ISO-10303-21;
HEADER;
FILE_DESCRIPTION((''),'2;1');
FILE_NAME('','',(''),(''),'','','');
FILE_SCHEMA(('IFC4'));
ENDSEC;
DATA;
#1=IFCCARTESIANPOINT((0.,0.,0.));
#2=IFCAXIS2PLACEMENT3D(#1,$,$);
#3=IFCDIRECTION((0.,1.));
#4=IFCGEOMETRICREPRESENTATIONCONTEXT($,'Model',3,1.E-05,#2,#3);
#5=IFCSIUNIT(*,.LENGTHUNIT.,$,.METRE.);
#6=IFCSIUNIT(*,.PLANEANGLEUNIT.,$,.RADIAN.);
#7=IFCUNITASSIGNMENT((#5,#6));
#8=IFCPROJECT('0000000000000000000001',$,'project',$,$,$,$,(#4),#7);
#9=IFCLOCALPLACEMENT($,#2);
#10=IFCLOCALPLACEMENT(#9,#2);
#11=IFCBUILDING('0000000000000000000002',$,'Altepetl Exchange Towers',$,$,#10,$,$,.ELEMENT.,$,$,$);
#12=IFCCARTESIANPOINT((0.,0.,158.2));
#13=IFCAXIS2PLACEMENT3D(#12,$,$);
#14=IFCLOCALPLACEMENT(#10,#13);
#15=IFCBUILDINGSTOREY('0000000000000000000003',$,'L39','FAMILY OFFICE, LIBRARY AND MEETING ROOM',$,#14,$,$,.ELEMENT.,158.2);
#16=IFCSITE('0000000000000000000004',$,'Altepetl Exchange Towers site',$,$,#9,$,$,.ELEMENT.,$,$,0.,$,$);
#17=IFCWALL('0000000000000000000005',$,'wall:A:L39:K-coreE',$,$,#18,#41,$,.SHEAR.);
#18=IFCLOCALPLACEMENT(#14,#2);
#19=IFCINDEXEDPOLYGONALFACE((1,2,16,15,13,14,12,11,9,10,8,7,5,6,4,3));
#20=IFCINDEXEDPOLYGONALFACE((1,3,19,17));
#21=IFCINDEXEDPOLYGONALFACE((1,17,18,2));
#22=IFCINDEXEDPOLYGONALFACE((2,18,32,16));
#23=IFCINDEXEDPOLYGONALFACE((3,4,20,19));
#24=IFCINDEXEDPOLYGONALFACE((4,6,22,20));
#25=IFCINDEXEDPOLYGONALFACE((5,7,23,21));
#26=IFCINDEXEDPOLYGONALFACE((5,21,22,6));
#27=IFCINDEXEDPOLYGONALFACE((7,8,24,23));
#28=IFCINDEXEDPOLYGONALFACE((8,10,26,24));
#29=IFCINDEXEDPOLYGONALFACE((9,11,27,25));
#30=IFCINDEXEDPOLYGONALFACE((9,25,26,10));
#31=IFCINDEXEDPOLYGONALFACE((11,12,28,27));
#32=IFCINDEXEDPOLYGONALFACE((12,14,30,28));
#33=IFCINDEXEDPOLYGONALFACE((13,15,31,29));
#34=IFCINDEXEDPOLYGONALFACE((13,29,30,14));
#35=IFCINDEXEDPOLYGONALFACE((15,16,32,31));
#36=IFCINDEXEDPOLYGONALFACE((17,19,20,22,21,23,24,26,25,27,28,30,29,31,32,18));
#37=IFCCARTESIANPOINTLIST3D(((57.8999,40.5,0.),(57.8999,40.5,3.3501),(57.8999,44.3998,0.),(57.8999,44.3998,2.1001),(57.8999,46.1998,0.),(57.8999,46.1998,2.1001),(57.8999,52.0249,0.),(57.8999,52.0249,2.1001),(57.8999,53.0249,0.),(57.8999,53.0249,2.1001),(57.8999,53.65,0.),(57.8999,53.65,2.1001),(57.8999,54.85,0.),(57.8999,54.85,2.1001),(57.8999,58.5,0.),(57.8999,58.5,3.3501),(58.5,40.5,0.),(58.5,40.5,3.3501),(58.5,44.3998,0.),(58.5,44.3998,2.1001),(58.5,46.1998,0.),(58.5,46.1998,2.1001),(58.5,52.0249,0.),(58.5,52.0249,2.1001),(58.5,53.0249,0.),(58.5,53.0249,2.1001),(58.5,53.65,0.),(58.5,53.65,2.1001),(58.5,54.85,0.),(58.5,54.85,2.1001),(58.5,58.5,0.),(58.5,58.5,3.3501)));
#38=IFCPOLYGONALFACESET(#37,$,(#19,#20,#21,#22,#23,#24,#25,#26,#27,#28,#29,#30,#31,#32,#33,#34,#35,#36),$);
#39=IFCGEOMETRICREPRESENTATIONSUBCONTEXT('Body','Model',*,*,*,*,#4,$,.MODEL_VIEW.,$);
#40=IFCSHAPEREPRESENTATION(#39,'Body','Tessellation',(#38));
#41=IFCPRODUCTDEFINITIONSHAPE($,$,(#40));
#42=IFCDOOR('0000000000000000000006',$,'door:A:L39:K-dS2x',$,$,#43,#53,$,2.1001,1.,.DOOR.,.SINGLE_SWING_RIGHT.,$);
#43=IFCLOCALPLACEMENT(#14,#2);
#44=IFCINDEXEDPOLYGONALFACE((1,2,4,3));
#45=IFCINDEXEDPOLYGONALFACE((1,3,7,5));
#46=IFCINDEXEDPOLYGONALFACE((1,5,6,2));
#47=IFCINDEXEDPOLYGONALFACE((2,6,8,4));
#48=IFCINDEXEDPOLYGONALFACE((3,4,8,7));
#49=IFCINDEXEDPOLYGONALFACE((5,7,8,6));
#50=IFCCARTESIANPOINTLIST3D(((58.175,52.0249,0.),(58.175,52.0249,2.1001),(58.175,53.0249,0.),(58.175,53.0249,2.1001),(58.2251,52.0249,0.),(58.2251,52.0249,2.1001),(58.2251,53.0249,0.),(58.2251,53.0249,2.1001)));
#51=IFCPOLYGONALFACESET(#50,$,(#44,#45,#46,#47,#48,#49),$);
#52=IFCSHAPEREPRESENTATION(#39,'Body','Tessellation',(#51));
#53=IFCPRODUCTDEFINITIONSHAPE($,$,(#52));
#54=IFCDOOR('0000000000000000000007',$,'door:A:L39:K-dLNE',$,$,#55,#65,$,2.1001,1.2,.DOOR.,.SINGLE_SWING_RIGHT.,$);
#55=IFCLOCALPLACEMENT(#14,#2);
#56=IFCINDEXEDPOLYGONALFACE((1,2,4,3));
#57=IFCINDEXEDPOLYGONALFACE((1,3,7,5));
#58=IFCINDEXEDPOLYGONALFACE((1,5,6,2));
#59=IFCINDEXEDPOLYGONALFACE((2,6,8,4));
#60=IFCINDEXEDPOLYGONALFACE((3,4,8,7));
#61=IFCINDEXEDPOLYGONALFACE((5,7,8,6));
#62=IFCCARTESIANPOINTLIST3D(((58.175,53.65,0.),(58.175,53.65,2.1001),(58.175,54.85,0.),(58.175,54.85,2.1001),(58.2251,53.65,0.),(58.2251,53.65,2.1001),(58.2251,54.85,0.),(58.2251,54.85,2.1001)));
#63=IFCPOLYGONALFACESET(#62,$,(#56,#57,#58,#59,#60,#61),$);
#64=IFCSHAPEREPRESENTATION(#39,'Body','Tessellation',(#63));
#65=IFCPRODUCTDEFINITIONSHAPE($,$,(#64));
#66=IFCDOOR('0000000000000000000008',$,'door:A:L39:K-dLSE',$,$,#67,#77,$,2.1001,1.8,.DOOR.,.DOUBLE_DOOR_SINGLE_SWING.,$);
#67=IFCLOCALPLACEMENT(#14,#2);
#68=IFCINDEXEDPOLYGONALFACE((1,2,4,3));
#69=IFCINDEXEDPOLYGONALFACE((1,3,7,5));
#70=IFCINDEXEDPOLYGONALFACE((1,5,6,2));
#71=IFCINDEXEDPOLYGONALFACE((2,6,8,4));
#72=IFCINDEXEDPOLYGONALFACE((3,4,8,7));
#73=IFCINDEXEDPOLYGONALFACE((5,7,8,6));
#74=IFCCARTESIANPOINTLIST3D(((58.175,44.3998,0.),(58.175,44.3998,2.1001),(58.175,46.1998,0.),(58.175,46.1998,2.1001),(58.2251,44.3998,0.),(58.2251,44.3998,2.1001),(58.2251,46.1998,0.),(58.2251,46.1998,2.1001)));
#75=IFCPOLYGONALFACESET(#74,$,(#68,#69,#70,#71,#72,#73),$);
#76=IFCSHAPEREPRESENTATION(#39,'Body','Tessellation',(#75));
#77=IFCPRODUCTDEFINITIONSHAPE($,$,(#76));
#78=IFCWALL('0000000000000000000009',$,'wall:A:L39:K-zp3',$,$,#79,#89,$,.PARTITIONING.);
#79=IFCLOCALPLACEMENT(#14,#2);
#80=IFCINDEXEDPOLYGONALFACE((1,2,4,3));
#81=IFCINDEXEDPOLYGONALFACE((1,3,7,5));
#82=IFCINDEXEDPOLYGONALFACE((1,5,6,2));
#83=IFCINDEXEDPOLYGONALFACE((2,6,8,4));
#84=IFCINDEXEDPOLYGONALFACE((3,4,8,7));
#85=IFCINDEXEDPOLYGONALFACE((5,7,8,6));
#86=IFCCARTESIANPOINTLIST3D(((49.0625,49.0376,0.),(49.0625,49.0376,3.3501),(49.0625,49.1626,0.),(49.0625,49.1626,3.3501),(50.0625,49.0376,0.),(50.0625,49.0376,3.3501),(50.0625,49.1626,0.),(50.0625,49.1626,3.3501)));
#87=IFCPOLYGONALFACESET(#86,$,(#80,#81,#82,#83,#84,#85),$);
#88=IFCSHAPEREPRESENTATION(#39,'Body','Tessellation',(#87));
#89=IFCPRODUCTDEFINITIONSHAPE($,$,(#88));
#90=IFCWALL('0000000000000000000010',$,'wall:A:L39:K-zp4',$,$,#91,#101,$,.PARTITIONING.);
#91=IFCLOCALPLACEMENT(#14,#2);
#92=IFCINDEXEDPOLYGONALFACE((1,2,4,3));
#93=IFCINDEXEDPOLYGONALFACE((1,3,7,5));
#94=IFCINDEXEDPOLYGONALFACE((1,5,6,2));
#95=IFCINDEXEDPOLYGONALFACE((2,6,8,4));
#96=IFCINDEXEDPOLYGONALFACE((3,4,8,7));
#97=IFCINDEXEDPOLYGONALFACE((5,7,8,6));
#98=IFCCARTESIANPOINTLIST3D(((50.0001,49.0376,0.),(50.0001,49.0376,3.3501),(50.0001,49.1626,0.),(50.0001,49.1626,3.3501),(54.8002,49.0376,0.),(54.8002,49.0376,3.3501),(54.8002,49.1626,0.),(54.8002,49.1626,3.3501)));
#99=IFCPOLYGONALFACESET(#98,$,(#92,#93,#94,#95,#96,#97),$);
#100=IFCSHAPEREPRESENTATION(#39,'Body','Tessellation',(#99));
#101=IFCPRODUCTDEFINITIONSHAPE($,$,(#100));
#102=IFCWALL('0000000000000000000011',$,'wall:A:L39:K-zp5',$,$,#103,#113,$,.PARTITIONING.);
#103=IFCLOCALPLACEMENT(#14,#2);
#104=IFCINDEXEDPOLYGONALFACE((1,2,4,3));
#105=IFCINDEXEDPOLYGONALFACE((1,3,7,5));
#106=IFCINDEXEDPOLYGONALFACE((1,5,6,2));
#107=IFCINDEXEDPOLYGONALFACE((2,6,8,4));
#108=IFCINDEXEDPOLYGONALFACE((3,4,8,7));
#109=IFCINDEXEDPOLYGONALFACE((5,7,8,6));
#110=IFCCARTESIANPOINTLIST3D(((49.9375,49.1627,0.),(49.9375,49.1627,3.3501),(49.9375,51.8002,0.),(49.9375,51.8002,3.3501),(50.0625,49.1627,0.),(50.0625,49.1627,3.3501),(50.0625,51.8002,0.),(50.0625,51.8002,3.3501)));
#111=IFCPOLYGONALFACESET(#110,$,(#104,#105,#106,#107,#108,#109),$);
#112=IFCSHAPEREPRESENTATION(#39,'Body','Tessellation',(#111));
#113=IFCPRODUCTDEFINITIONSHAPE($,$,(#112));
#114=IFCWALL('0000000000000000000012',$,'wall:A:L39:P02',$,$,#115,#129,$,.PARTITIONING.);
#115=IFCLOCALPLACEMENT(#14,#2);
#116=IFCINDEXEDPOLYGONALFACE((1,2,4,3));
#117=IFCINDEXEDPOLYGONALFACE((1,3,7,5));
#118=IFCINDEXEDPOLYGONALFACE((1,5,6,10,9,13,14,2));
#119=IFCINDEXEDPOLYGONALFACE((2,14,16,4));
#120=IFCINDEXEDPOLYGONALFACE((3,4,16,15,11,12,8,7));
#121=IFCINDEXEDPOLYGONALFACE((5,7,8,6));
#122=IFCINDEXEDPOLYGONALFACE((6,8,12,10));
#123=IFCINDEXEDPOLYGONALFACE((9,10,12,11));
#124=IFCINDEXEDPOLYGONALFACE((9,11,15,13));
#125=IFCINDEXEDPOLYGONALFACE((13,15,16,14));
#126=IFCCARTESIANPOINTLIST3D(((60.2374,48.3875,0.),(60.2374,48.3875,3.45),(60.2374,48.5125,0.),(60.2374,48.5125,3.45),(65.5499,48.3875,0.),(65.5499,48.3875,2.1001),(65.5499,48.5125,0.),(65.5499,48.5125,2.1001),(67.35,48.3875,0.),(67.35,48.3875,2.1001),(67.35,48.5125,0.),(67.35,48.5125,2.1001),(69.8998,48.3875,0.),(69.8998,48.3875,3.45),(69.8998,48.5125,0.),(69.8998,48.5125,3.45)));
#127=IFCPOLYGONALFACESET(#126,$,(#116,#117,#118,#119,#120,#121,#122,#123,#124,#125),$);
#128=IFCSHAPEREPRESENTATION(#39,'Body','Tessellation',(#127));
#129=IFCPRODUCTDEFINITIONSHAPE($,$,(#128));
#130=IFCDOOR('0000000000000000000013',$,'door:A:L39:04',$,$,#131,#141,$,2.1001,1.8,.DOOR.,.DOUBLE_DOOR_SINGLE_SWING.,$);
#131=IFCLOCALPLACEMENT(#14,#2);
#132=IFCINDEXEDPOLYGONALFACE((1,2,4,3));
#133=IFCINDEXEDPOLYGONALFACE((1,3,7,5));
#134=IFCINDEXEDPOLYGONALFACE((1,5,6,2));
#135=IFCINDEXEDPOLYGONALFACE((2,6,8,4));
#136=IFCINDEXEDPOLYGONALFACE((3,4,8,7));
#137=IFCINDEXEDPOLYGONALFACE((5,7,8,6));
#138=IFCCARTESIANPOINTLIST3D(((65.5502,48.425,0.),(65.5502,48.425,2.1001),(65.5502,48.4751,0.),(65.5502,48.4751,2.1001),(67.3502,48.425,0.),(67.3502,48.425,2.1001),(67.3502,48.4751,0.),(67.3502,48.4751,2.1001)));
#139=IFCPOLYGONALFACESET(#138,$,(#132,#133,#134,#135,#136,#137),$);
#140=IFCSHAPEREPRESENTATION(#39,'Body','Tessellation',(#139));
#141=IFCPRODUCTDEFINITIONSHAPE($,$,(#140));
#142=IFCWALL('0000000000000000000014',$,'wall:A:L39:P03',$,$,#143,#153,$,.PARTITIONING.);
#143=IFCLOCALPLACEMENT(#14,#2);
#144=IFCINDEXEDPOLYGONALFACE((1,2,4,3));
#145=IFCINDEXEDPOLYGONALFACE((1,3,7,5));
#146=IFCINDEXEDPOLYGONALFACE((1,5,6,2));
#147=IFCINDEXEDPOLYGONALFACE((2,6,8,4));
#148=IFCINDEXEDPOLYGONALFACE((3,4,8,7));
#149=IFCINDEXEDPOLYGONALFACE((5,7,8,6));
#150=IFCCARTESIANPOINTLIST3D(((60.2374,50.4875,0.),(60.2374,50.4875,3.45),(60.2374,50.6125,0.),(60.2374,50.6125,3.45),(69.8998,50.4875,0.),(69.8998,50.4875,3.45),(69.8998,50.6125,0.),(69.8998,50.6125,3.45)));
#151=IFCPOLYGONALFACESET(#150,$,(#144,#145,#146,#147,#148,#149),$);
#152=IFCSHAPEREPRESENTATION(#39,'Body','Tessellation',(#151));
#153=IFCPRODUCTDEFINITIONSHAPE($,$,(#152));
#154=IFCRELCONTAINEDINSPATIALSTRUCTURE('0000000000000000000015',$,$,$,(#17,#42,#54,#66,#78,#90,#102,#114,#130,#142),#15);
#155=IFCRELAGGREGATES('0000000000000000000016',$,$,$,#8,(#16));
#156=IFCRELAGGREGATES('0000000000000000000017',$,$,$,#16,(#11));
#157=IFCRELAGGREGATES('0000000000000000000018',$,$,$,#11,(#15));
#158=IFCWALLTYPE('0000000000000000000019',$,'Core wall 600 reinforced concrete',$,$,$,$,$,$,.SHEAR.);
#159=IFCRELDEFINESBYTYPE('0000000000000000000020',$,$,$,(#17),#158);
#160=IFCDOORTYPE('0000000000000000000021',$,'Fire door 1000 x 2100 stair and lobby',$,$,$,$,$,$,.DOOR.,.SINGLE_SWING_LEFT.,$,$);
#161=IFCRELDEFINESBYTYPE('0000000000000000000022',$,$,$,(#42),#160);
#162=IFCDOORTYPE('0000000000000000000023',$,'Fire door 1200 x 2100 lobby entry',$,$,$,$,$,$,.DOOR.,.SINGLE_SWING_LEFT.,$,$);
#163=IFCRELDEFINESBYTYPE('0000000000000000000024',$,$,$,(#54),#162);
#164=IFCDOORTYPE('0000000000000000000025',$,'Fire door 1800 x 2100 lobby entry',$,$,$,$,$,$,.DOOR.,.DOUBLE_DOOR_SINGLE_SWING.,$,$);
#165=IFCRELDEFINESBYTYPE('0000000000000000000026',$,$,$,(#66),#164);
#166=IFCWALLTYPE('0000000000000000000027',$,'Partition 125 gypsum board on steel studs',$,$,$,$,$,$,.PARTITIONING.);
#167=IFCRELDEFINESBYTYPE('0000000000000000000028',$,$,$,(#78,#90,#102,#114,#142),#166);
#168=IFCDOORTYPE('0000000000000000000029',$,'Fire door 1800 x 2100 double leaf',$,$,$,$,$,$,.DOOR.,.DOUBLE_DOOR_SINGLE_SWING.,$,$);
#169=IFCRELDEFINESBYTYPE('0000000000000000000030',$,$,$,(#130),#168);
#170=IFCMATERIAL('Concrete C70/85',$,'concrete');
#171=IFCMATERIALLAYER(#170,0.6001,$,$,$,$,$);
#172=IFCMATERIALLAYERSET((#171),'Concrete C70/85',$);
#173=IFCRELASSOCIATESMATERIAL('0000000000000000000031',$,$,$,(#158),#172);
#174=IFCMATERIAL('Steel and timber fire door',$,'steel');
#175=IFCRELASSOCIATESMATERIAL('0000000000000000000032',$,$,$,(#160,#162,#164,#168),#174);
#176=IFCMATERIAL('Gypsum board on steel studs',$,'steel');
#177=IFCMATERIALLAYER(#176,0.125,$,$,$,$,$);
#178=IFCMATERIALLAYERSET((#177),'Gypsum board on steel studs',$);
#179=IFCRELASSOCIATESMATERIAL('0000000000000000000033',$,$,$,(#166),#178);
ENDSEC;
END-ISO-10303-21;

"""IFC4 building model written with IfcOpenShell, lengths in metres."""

from ifc_helpers import new_model, si_unit, direction, frame, frame_2d, origin, place, context, subcontext, project, spatial, rectangle, extrude, material, layer, layer_set, type_object, element, fill, save


model = new_model("IFC4")

# Units and contexts
model_context = context("Model", 3, precision=1e-05, world=origin(), true_north=direction((0.0, 1.0)))
body_context = subcontext(model_context, "Body", "Model", "MODEL_VIEW")
ifc_project = project(units=[si_unit("LENGTHUNIT", "METRE"), si_unit("PLANEANGLEUNIT", "RADIAN")], contexts=[model_context])

# Site, building, storey
site_placement = place(None, origin())
site = spatial("IfcSite", under=ifc_project, at=site_placement, Name="Altepetl Exchange Towers site", CompositionType="ELEMENT", RefElevation=0.0)
building_placement = place(site_placement, origin())
building = spatial("IfcBuilding", under=site, at=building_placement, Name="Altepetl Exchange Towers", CompositionType="ELEMENT")
storey_placement = place(building_placement, frame((0.0, 0.0, 158.2)))
storey = spatial("IfcBuildingStorey", under=building, at=storey_placement, Name="L39", Description="FAMILY OFFICE, LIBRARY AND MEETING ROOM", CompositionType="ELEMENT", Elevation=158.2)

# Wall, openings, doors
ifc_material_1 = material(Name="Concrete C70/85", Category="concrete")
ifc_layer_1 = layer(ifc_material_1, 0.6001)
ifc_layer_set_1 = layer_set([ifc_layer_1], Name="Concrete C70/85")
wall_type_1 = type_object("IfcWallType", Name="Core wall 600 reinforced concrete", PredefinedType="SHEAR", material=ifc_layer_set_1)
wall_1_placement = place(storey_placement, frame((58.2, 40.5, 0.0), z_axis=(0.0, 0.0, 1.0), x_axis=(0.0, 1.0, 0.0)))
wall_1 = element("IfcWall", 1, at=wall_1_placement, inside=storey, type_object=wall_type_1, Name="wall:A:L39:K-coreE", PredefinedType="SHEAR", context=body_context, shape_type="SweptSolid", body=[
    extrude(rectangle(XDim=18.0, YDim=0.6001, at=frame_2d((9.0, 0.0))), origin(), (0.0, 0.0, 1.0), 3.3501),
])
opening_1_placement = place(wall_1_placement, frame((13.1499, 0.0, 0.0)))
opening_1 = element("IfcOpeningElement", 2, at=opening_1_placement, cuts=wall_1, PredefinedType="OPENING", context=body_context, shape_type="SweptSolid", body=[
    extrude(rectangle(XDim=1.2, YDim=2.1001, at=frame_2d((0.6001, 1.05))), frame((0.0, 0.3101, 0.0), z_axis=(0.0, -1.0, 0.0), x_axis=(1.0, 0.0, 0.0)), (0.0, 0.0, 1.0), 0.6201),
])
opening_2_placement = place(wall_1_placement, frame((3.8999, 0.0, 0.0)))
opening_2 = element("IfcOpeningElement", 3, at=opening_2_placement, cuts=wall_1, PredefinedType="OPENING", context=body_context, shape_type="SweptSolid", body=[
    extrude(rectangle(XDim=1.8, YDim=2.1001, at=frame_2d((0.8999, 1.05))), frame((0.0, 0.3101, 0.0), z_axis=(0.0, -1.0, 0.0), x_axis=(1.0, 0.0, 0.0)), (0.0, 0.0, 1.0), 0.6201),
])
opening_3_placement = place(wall_1_placement, frame((11.5249, 0.0, 0.0)))
opening_3 = element("IfcOpeningElement", 4, at=opening_3_placement, cuts=wall_1, PredefinedType="OPENING", context=body_context, shape_type="SweptSolid", body=[
    extrude(rectangle(XDim=1.0, YDim=2.1001, at=frame_2d((0.5, 1.05))), frame((0.0, 0.3101, 0.0), z_axis=(0.0, -1.0, 0.0), x_axis=(1.0, 0.0, 0.0)), (0.0, 0.0, 1.0), 0.6201),
])
ifc_material_2 = material(Name="Steel and timber fire door", Category="steel")
door_type_1 = type_object("IfcDoorType", Name="Fire door 1000 x 2100 stair and lobby", OperationType="SINGLE_SWING_LEFT", PredefinedType="DOOR", material=ifc_material_2)
door_1_placement = place(opening_3_placement, origin())
door_1 = element("IfcDoor", 5, at=door_1_placement, inside=storey, type_object=door_type_1, Name="door:A:L39:K-dS2x", OperationType="SINGLE_SWING_RIGHT", OverallHeight=2.1001, OverallWidth=1.0, PredefinedType="DOOR", context=body_context, shape_type="SweptSolid", body=[
    extrude(rectangle(XDim=1.0, YDim=2.1001, at=frame_2d((0.5, 1.05))), frame((0.0, 0.0249, 0.0), z_axis=(0.0, -1.0, 0.0), x_axis=(1.0, 0.0, 0.0)), (0.0, 0.0, 1.0), 0.05),
])
fill(opening_3, door_1)
door_type_2 = type_object("IfcDoorType", Name="Fire door 1200 x 2100 lobby entry", OperationType="SINGLE_SWING_LEFT", PredefinedType="DOOR", material=ifc_material_2)
door_2_placement = place(opening_1_placement, origin())
door_2 = element("IfcDoor", 6, at=door_2_placement, inside=storey, type_object=door_type_2, Name="door:A:L39:K-dLNE", OperationType="SINGLE_SWING_RIGHT", OverallHeight=2.1001, OverallWidth=1.2, PredefinedType="DOOR", context=body_context, shape_type="SweptSolid", body=[
    extrude(rectangle(XDim=1.2, YDim=2.1001, at=frame_2d((0.6001, 1.05))), frame((0.0, 0.0249, 0.0), z_axis=(0.0, -1.0, 0.0), x_axis=(1.0, 0.0, 0.0)), (0.0, 0.0, 1.0), 0.05),
])
fill(opening_1, door_2)
door_type_3 = type_object("IfcDoorType", Name="Fire door 1800 x 2100 lobby entry", OperationType="DOUBLE_DOOR_SINGLE_SWING", PredefinedType="DOOR", material=ifc_material_2)
door_3_placement = place(opening_2_placement, origin())
door_3 = element("IfcDoor", 7, at=door_3_placement, inside=storey, type_object=door_type_3, Name="door:A:L39:K-dLSE", OperationType="DOUBLE_DOOR_SINGLE_SWING", OverallHeight=2.1001, OverallWidth=1.8, PredefinedType="DOOR", context=body_context, shape_type="SweptSolid", body=[
    extrude(rectangle(XDim=1.8, YDim=2.1001, at=frame_2d((0.8999, 1.05))), frame((0.0, 0.0249, 0.0), z_axis=(0.0, -1.0, 0.0), x_axis=(1.0, 0.0, 0.0)), (0.0, 0.0, 1.0), 0.05),
])
fill(opening_2, door_3)

# Walls
ifc_material_3 = material(Name="Gypsum board on steel studs", Category="steel")
ifc_layer_2 = layer(ifc_material_3, 0.125)
ifc_layer_set_2 = layer_set([ifc_layer_2], Name="Gypsum board on steel studs")
wall_type_2 = type_object("IfcWallType", Name="Partition 125 gypsum board on steel studs", PredefinedType="PARTITIONING", material=ifc_layer_set_2)
wall_2_placement = place(storey_placement, frame((50.0625, 49.1001, 0.0), z_axis=(0.0, 0.0, 1.0), x_axis=(-1.0, 0.0, 0.0)))
element("IfcWall", 8, at=wall_2_placement, inside=storey, type_object=wall_type_2, Name="wall:A:L39:K-zp3", PredefinedType="PARTITIONING", context=body_context, shape_type="SweptSolid", body=[
    extrude(rectangle(XDim=1.0, YDim=0.125, at=frame_2d((0.5, 0.0))), origin(), (0.0, 0.0, 1.0), 3.3501),
])
wall_3_placement = place(storey_placement, frame((54.8, 49.1001, 0.0), z_axis=(0.0, 0.0, 1.0), x_axis=(-1.0, 0.0, 0.0)))
element("IfcWall", 9, at=wall_3_placement, inside=storey, type_object=wall_type_2, Name="wall:A:L39:K-zp4", PredefinedType="PARTITIONING", context=body_context, shape_type="SweptSolid", body=[
    extrude(rectangle(XDim=4.8, YDim=0.125, at=frame_2d((2.3999, 0.0))), origin(), (0.0, 0.0, 1.0), 3.3501),
])
wall_4_placement = place(storey_placement, frame((50.0, 49.1626, 0.0), z_axis=(0.0, 0.0, 1.0), x_axis=(0.0, 1.0, 0.0)))
element("IfcWall", 10, at=wall_4_placement, inside=storey, type_object=wall_type_2, Name="wall:A:L39:K-zp5", PredefinedType="PARTITIONING", context=body_context, shape_type="SweptSolid", body=[
    extrude(rectangle(XDim=2.6375, YDim=0.125, at=frame_2d((1.3188, 0.0))), origin(), (0.0, 0.0, 1.0), 3.3501),
])

# Wall, opening, door
wall_5_placement = place(storey_placement, frame((60.2375, 48.45, 0.0)))
wall_5 = element("IfcWall", 11, at=wall_5_placement, inside=storey, type_object=wall_type_2, Name="wall:A:L39:P02", PredefinedType="PARTITIONING", context=body_context, shape_type="SweptSolid", body=[
    extrude(rectangle(XDim=9.6624, YDim=0.125, at=frame_2d((4.8311, 0.0))), origin(), (0.0, 0.0, 1.0), 3.45),
])
opening_4_placement = place(wall_5_placement, frame((5.3125, 0.0, 0.0)))
opening_4 = element("IfcOpeningElement", 12, at=opening_4_placement, cuts=wall_5, PredefinedType="OPENING", context=body_context, shape_type="SweptSolid", body=[
    extrude(rectangle(XDim=1.8, YDim=2.1001, at=frame_2d((0.8999, 1.05))), frame((0.0, 0.0725, 0.0), z_axis=(0.0, -1.0, 0.0), x_axis=(1.0, 0.0, 0.0)), (0.0, 0.0, 1.0), 0.145),
])
door_type_4 = type_object("IfcDoorType", Name="Fire door 1800 x 2100 double leaf", OperationType="DOUBLE_DOOR_SINGLE_SWING", PredefinedType="DOOR", material=ifc_material_2)
door_4_placement = place(opening_4_placement, frame((1.8, 0.0, 0.0), x_axis=(-1.0, 0.0, 0.0)))
door_4 = element("IfcDoor", 13, at=door_4_placement, inside=storey, type_object=door_type_4, Name="door:A:L39:04", OperationType="DOUBLE_DOOR_SINGLE_SWING", OverallHeight=2.1001, OverallWidth=1.8, PredefinedType="DOOR", context=body_context, shape_type="SweptSolid", body=[
    extrude(rectangle(XDim=1.8, YDim=2.1001, at=frame_2d((0.8999, 1.05))), frame((0.0, 0.0249, 0.0), z_axis=(0.0, -1.0, 0.0), x_axis=(1.0, 0.0, 0.0)), (0.0, 0.0, 1.0), 0.05),
])
fill(opening_4, door_4)

# Wall
wall_6_placement = place(storey_placement, frame((60.2375, 50.55, 0.0)))
element("IfcWall", 14, at=wall_6_placement, inside=storey, type_object=wall_type_2, Name="wall:A:L39:P03", PredefinedType="PARTITIONING", context=body_context, shape_type="SweptSolid", body=[
    extrude(rectangle(XDim=9.6624, YDim=0.125, at=frame_2d((4.8311, 0.0))), origin(), (0.0, 0.0, 1.0), 3.45),
])

save(model, "model.ifc")
